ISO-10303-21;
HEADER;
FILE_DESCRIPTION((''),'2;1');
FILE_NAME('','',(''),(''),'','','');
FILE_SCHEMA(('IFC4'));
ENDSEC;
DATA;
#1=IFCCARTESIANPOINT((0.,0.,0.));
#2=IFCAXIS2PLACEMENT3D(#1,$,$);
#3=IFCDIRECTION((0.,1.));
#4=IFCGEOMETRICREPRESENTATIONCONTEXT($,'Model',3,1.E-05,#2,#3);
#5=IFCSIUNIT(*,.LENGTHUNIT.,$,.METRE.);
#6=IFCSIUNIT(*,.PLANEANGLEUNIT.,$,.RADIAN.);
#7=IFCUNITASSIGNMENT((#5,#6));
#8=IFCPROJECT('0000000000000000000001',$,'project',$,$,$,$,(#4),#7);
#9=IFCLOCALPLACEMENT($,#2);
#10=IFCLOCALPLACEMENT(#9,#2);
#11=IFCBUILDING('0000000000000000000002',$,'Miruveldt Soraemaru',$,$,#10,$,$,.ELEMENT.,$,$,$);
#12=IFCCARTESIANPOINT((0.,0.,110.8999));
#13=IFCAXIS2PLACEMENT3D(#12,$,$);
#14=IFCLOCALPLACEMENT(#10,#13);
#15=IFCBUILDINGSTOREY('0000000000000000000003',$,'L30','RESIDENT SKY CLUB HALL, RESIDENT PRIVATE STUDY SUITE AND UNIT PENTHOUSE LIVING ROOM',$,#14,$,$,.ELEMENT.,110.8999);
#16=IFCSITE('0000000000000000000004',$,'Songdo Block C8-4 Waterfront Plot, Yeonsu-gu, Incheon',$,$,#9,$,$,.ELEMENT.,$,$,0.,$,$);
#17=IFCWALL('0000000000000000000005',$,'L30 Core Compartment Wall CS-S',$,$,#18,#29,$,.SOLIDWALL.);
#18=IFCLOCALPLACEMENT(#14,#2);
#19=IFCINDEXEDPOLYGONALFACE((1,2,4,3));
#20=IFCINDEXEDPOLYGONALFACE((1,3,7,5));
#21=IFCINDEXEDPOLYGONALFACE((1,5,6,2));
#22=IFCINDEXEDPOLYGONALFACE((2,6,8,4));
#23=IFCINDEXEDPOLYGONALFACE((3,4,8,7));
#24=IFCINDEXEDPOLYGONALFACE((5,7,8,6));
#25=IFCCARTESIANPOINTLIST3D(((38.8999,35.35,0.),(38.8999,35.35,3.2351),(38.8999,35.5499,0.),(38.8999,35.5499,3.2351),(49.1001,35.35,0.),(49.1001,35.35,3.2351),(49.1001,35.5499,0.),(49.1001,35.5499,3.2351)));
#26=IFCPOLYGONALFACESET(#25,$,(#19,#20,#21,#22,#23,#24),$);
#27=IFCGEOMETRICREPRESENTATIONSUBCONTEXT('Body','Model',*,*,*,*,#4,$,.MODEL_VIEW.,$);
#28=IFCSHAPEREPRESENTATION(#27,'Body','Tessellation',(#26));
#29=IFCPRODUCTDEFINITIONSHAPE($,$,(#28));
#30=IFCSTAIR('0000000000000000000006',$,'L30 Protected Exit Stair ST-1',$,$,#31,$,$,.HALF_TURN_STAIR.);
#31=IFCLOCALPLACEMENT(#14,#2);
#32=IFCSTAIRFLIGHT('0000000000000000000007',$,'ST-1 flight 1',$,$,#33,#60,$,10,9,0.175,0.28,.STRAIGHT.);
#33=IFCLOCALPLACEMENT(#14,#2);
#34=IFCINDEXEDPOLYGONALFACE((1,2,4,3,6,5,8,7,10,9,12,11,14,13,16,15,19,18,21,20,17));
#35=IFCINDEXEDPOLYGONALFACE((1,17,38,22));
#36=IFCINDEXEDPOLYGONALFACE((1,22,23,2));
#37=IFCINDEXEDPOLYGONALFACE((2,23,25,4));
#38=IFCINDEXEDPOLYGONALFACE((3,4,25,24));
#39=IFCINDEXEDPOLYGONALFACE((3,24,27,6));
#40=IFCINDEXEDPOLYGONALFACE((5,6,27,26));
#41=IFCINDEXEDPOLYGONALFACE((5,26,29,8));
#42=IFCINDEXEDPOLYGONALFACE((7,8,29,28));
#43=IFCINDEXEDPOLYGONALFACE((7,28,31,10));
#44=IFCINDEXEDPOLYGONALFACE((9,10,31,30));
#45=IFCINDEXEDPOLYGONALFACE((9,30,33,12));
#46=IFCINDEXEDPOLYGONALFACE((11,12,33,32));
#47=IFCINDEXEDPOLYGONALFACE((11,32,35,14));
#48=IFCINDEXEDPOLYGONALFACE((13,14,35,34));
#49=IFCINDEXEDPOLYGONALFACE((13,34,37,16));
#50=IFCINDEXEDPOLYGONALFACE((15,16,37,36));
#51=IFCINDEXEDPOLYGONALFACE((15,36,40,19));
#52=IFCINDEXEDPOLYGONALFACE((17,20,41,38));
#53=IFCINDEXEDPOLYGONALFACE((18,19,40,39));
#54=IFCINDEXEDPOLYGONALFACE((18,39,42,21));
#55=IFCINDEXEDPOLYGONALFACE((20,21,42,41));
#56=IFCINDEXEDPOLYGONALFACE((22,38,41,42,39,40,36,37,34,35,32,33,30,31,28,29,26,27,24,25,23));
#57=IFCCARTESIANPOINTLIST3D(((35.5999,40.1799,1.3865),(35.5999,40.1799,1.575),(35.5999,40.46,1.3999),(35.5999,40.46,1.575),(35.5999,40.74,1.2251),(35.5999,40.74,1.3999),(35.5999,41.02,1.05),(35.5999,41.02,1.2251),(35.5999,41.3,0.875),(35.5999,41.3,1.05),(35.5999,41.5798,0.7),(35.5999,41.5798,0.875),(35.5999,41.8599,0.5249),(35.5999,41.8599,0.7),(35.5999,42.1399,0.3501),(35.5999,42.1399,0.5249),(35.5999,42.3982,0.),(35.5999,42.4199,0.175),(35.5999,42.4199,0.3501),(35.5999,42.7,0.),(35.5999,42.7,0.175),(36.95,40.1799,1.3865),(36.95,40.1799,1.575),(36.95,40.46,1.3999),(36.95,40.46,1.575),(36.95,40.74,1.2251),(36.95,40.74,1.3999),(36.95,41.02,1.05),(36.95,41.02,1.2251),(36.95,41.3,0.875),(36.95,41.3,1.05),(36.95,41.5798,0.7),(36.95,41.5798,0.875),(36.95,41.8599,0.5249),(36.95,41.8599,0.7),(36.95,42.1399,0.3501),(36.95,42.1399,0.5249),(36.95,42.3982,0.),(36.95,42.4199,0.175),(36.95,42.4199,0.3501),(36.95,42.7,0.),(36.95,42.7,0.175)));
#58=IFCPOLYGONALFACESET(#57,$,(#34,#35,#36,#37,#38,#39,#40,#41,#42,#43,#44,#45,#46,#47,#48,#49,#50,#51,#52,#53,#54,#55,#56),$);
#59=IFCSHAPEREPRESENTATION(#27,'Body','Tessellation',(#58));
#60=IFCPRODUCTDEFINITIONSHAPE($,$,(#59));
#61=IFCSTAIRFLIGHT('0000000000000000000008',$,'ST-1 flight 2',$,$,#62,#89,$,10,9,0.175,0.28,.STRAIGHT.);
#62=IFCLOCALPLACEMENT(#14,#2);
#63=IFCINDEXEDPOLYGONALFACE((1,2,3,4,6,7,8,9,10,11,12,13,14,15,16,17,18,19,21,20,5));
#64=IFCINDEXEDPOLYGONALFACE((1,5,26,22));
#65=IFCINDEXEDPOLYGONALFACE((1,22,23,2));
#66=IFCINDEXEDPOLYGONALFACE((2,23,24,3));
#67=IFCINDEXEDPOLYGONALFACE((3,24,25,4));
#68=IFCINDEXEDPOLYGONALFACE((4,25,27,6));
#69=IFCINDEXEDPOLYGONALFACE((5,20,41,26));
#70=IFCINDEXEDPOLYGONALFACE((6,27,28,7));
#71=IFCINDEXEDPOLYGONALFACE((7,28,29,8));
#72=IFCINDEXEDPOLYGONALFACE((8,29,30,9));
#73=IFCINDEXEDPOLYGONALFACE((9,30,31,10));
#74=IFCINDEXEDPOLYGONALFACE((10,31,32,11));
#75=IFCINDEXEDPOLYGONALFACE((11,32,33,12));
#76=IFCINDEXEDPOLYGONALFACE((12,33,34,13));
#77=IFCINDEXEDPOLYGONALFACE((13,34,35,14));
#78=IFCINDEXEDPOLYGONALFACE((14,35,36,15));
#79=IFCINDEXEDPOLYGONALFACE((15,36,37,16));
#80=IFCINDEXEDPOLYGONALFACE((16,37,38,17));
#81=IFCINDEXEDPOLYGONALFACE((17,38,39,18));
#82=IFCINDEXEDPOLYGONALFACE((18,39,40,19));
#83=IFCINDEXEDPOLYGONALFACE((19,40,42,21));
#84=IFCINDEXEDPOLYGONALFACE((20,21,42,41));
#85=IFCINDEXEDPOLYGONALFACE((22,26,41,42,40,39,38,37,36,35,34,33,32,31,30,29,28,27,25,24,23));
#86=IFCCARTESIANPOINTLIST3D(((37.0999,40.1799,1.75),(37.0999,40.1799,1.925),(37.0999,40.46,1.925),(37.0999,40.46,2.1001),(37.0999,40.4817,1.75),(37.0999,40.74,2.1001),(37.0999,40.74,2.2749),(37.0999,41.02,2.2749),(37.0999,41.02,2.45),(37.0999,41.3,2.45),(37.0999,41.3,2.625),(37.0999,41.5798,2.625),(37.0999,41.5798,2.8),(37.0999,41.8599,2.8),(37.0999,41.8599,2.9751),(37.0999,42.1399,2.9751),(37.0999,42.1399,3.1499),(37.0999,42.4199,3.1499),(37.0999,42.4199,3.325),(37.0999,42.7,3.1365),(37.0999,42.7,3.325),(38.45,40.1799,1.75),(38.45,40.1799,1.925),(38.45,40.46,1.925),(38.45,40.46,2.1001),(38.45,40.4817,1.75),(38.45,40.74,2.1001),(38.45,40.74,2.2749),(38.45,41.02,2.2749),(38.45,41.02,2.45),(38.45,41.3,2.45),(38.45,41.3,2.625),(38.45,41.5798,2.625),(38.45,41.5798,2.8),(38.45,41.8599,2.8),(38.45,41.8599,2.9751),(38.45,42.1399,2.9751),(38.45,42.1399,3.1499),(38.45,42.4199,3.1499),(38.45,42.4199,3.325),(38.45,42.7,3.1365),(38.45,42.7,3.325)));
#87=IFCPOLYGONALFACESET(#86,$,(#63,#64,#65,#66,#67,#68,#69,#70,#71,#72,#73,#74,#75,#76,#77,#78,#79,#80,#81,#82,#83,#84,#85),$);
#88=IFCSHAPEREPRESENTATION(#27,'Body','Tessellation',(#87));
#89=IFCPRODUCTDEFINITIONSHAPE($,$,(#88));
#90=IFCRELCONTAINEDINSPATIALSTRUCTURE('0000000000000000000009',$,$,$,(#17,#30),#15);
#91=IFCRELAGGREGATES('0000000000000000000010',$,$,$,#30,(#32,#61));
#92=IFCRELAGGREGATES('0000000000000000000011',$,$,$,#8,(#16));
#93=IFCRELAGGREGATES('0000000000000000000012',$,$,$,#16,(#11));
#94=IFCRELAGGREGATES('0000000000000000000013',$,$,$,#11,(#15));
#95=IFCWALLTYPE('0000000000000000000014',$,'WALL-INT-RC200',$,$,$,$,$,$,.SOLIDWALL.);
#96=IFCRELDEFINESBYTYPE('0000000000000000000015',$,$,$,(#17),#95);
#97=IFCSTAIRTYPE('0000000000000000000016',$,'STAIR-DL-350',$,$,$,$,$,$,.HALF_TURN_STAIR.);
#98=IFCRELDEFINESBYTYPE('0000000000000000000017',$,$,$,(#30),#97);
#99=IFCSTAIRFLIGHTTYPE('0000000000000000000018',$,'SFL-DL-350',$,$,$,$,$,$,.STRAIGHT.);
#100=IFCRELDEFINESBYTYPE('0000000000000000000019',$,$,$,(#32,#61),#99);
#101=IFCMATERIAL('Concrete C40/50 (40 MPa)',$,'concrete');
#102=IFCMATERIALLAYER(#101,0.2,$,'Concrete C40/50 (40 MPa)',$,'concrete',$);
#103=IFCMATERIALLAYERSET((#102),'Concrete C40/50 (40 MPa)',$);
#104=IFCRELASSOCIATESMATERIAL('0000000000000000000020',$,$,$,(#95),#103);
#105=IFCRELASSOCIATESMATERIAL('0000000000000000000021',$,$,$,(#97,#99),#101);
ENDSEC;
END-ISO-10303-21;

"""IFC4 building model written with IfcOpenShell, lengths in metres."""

from ifc_helpers import new_model, si_unit, direction, frame, frame_2d, origin, place, context, subcontext, project, spatial, polyline, rectangle, outline, extrude, material, layer, layer_set, type_object, element, aggregate, save


model = new_model("IFC4")

# Units and contexts
model_context = context("Model", 3, precision=1e-05, world=origin(), true_north=direction((0.0, 1.0)))
body_context = subcontext(model_context, "Body", "Model", "MODEL_VIEW")
ifc_project = project(units=[si_unit("LENGTHUNIT", "METRE"), si_unit("PLANEANGLEUNIT", "RADIAN")], contexts=[model_context])

# Site, building, storey
site_placement = place(None, origin())
site = spatial("IfcSite", under=ifc_project, at=site_placement, Name="Songdo Block C8-4 Waterfront Plot, Yeonsu-gu, Incheon", CompositionType="ELEMENT", RefElevation=0.0)
building_placement = place(site_placement, origin())
building = spatial("IfcBuilding", under=site, at=building_placement, Name="Miruveldt Soraemaru", CompositionType="ELEMENT")
storey_placement = place(building_placement, frame((0.0, 0.0, 110.8999)))
storey = spatial("IfcBuildingStorey", under=building, at=storey_placement, Name="L30", Description="RESIDENT SKY CLUB HALL, RESIDENT PRIVATE STUDY SUITE AND UNIT PENTHOUSE LIVING ROOM", CompositionType="ELEMENT", Elevation=110.8999)

# Wall
ifc_material_1 = material(Name="Concrete C40/50 (40 MPa)", Category="concrete")
ifc_layer_1 = layer(ifc_material_1, 0.2, Name="Concrete C40/50 (40 MPa)", Category="concrete")
ifc_layer_set_1 = layer_set([ifc_layer_1], Name="Concrete C40/50 (40 MPa)")
wall_type_1 = type_object("IfcWallType", Name="WALL-INT-RC200", PredefinedType="SOLIDWALL", material=ifc_layer_set_1)
wall_1_placement = place(storey_placement, frame((38.8999, 35.45, 0.0), z_axis=(0.0, 0.0, 1.0), x_axis=(1.0, 0.0, 0.0)))
element("IfcWall", 1, at=wall_1_placement, inside=storey, type_object=wall_type_1, Name="L30 Core Compartment Wall CS-S", PredefinedType="SOLIDWALL", context=body_context, shape_type="SweptSolid", body=[
    extrude(rectangle(XDim=10.2002, YDim=0.2, at=frame_2d((5.1001, 0.0))), origin(), (0.0, 0.0, 1.0), 3.2351),
])

# Stair, stair flights
stair_type = type_object("IfcStairType", Name="STAIR-DL-350", PredefinedType="HALF_TURN_STAIR", material=ifc_material_1)
stair_placement = place(storey_placement, origin())
stair = element("IfcStair", 2, at=stair_placement, inside=storey, type_object=stair_type, Name="L30 Protected Exit Stair ST-1", PredefinedType="HALF_TURN_STAIR")
stair_flight_type = type_object("IfcStairFlightType", Name="SFL-DL-350", PredefinedType="STRAIGHT", material=ifc_material_1)
stair_flight_1_placement = place(storey_placement, frame((36.2749, 42.7, 0.0), z_axis=(0.0, 0.0, 1.0), x_axis=(0.0, -1.0, 0.0)))
stair_flight_1 = element("IfcStairFlight", 3, at=stair_flight_1_placement, type_object=stair_flight_type, Name="ST-1 flight 1", NumberOfRisers=10, NumberOfTreads=9, PredefinedType="STRAIGHT", RiserHeight=0.175, TreadLength=0.28, context=body_context, shape_type="SweptSolid", body=[
    extrude(outline(polyline([(0.0, 0.0), (0.0, 0.175), (0.28, 0.175), (0.28, 0.3501), (0.5601, 0.3501), (0.5601, 0.5249), (0.8401, 0.5249), (0.8401, 0.7), (1.1201, 0.7), (1.1201, 0.875), (1.3999, 0.875), (1.3999, 1.05), (1.6799, 1.05), (1.6799, 1.2251), (1.96, 1.2251), (1.96, 1.3999), (2.24, 1.3999), (2.24, 1.575), (2.52, 1.575), (2.52, 1.75), (2.52, 1.3865), (0.3018, 0.0), (0.0, 0.0)])), frame((0.0, 0.675, 0.0), z_axis=(0.0, -1.0, 0.0), x_axis=(1.0, 0.0, 0.0)), (0.0, 0.0, 1.0), 1.3501),
])
stair_flight_2_placement = place(storey_placement, frame((37.7749, 40.1799, 1.75), z_axis=(0.0, 0.0, 1.0), x_axis=(0.0, 1.0, 0.0)))
stair_flight_2 = element("IfcStairFlight", 4, at=stair_flight_2_placement, type_object=stair_flight_type, Name="ST-1 flight 2", NumberOfRisers=10, NumberOfTreads=9, PredefinedType="STRAIGHT", RiserHeight=0.175, TreadLength=0.28, context=body_context, shape_type="SweptSolid", body=[
    extrude(outline(polyline([(0.0, 0.0), (0.0, 0.175), (0.28, 0.175), (0.28, 0.3501), (0.5601, 0.3501), (0.5601, 0.5249), (0.8401, 0.5249), (0.8401, 0.7), (1.1201, 0.7), (1.1201, 0.875), (1.3999, 0.875), (1.3999, 1.05), (1.6799, 1.05), (1.6799, 1.2251), (1.96, 1.2251), (1.96, 1.3999), (2.24, 1.3999), (2.24, 1.575), (2.52, 1.575), (2.52, 1.75), (2.52, 1.3865), (0.3018, 0.0), (0.0, 0.0)])), frame((0.0, 0.675, 0.0), z_axis=(0.0, -1.0, 0.0), x_axis=(1.0, 0.0, 0.0)), (0.0, 0.0, 1.0), 1.3501),
])
aggregate(stair, [stair_flight_1, stair_flight_2])

save(model, "model.ifc")
